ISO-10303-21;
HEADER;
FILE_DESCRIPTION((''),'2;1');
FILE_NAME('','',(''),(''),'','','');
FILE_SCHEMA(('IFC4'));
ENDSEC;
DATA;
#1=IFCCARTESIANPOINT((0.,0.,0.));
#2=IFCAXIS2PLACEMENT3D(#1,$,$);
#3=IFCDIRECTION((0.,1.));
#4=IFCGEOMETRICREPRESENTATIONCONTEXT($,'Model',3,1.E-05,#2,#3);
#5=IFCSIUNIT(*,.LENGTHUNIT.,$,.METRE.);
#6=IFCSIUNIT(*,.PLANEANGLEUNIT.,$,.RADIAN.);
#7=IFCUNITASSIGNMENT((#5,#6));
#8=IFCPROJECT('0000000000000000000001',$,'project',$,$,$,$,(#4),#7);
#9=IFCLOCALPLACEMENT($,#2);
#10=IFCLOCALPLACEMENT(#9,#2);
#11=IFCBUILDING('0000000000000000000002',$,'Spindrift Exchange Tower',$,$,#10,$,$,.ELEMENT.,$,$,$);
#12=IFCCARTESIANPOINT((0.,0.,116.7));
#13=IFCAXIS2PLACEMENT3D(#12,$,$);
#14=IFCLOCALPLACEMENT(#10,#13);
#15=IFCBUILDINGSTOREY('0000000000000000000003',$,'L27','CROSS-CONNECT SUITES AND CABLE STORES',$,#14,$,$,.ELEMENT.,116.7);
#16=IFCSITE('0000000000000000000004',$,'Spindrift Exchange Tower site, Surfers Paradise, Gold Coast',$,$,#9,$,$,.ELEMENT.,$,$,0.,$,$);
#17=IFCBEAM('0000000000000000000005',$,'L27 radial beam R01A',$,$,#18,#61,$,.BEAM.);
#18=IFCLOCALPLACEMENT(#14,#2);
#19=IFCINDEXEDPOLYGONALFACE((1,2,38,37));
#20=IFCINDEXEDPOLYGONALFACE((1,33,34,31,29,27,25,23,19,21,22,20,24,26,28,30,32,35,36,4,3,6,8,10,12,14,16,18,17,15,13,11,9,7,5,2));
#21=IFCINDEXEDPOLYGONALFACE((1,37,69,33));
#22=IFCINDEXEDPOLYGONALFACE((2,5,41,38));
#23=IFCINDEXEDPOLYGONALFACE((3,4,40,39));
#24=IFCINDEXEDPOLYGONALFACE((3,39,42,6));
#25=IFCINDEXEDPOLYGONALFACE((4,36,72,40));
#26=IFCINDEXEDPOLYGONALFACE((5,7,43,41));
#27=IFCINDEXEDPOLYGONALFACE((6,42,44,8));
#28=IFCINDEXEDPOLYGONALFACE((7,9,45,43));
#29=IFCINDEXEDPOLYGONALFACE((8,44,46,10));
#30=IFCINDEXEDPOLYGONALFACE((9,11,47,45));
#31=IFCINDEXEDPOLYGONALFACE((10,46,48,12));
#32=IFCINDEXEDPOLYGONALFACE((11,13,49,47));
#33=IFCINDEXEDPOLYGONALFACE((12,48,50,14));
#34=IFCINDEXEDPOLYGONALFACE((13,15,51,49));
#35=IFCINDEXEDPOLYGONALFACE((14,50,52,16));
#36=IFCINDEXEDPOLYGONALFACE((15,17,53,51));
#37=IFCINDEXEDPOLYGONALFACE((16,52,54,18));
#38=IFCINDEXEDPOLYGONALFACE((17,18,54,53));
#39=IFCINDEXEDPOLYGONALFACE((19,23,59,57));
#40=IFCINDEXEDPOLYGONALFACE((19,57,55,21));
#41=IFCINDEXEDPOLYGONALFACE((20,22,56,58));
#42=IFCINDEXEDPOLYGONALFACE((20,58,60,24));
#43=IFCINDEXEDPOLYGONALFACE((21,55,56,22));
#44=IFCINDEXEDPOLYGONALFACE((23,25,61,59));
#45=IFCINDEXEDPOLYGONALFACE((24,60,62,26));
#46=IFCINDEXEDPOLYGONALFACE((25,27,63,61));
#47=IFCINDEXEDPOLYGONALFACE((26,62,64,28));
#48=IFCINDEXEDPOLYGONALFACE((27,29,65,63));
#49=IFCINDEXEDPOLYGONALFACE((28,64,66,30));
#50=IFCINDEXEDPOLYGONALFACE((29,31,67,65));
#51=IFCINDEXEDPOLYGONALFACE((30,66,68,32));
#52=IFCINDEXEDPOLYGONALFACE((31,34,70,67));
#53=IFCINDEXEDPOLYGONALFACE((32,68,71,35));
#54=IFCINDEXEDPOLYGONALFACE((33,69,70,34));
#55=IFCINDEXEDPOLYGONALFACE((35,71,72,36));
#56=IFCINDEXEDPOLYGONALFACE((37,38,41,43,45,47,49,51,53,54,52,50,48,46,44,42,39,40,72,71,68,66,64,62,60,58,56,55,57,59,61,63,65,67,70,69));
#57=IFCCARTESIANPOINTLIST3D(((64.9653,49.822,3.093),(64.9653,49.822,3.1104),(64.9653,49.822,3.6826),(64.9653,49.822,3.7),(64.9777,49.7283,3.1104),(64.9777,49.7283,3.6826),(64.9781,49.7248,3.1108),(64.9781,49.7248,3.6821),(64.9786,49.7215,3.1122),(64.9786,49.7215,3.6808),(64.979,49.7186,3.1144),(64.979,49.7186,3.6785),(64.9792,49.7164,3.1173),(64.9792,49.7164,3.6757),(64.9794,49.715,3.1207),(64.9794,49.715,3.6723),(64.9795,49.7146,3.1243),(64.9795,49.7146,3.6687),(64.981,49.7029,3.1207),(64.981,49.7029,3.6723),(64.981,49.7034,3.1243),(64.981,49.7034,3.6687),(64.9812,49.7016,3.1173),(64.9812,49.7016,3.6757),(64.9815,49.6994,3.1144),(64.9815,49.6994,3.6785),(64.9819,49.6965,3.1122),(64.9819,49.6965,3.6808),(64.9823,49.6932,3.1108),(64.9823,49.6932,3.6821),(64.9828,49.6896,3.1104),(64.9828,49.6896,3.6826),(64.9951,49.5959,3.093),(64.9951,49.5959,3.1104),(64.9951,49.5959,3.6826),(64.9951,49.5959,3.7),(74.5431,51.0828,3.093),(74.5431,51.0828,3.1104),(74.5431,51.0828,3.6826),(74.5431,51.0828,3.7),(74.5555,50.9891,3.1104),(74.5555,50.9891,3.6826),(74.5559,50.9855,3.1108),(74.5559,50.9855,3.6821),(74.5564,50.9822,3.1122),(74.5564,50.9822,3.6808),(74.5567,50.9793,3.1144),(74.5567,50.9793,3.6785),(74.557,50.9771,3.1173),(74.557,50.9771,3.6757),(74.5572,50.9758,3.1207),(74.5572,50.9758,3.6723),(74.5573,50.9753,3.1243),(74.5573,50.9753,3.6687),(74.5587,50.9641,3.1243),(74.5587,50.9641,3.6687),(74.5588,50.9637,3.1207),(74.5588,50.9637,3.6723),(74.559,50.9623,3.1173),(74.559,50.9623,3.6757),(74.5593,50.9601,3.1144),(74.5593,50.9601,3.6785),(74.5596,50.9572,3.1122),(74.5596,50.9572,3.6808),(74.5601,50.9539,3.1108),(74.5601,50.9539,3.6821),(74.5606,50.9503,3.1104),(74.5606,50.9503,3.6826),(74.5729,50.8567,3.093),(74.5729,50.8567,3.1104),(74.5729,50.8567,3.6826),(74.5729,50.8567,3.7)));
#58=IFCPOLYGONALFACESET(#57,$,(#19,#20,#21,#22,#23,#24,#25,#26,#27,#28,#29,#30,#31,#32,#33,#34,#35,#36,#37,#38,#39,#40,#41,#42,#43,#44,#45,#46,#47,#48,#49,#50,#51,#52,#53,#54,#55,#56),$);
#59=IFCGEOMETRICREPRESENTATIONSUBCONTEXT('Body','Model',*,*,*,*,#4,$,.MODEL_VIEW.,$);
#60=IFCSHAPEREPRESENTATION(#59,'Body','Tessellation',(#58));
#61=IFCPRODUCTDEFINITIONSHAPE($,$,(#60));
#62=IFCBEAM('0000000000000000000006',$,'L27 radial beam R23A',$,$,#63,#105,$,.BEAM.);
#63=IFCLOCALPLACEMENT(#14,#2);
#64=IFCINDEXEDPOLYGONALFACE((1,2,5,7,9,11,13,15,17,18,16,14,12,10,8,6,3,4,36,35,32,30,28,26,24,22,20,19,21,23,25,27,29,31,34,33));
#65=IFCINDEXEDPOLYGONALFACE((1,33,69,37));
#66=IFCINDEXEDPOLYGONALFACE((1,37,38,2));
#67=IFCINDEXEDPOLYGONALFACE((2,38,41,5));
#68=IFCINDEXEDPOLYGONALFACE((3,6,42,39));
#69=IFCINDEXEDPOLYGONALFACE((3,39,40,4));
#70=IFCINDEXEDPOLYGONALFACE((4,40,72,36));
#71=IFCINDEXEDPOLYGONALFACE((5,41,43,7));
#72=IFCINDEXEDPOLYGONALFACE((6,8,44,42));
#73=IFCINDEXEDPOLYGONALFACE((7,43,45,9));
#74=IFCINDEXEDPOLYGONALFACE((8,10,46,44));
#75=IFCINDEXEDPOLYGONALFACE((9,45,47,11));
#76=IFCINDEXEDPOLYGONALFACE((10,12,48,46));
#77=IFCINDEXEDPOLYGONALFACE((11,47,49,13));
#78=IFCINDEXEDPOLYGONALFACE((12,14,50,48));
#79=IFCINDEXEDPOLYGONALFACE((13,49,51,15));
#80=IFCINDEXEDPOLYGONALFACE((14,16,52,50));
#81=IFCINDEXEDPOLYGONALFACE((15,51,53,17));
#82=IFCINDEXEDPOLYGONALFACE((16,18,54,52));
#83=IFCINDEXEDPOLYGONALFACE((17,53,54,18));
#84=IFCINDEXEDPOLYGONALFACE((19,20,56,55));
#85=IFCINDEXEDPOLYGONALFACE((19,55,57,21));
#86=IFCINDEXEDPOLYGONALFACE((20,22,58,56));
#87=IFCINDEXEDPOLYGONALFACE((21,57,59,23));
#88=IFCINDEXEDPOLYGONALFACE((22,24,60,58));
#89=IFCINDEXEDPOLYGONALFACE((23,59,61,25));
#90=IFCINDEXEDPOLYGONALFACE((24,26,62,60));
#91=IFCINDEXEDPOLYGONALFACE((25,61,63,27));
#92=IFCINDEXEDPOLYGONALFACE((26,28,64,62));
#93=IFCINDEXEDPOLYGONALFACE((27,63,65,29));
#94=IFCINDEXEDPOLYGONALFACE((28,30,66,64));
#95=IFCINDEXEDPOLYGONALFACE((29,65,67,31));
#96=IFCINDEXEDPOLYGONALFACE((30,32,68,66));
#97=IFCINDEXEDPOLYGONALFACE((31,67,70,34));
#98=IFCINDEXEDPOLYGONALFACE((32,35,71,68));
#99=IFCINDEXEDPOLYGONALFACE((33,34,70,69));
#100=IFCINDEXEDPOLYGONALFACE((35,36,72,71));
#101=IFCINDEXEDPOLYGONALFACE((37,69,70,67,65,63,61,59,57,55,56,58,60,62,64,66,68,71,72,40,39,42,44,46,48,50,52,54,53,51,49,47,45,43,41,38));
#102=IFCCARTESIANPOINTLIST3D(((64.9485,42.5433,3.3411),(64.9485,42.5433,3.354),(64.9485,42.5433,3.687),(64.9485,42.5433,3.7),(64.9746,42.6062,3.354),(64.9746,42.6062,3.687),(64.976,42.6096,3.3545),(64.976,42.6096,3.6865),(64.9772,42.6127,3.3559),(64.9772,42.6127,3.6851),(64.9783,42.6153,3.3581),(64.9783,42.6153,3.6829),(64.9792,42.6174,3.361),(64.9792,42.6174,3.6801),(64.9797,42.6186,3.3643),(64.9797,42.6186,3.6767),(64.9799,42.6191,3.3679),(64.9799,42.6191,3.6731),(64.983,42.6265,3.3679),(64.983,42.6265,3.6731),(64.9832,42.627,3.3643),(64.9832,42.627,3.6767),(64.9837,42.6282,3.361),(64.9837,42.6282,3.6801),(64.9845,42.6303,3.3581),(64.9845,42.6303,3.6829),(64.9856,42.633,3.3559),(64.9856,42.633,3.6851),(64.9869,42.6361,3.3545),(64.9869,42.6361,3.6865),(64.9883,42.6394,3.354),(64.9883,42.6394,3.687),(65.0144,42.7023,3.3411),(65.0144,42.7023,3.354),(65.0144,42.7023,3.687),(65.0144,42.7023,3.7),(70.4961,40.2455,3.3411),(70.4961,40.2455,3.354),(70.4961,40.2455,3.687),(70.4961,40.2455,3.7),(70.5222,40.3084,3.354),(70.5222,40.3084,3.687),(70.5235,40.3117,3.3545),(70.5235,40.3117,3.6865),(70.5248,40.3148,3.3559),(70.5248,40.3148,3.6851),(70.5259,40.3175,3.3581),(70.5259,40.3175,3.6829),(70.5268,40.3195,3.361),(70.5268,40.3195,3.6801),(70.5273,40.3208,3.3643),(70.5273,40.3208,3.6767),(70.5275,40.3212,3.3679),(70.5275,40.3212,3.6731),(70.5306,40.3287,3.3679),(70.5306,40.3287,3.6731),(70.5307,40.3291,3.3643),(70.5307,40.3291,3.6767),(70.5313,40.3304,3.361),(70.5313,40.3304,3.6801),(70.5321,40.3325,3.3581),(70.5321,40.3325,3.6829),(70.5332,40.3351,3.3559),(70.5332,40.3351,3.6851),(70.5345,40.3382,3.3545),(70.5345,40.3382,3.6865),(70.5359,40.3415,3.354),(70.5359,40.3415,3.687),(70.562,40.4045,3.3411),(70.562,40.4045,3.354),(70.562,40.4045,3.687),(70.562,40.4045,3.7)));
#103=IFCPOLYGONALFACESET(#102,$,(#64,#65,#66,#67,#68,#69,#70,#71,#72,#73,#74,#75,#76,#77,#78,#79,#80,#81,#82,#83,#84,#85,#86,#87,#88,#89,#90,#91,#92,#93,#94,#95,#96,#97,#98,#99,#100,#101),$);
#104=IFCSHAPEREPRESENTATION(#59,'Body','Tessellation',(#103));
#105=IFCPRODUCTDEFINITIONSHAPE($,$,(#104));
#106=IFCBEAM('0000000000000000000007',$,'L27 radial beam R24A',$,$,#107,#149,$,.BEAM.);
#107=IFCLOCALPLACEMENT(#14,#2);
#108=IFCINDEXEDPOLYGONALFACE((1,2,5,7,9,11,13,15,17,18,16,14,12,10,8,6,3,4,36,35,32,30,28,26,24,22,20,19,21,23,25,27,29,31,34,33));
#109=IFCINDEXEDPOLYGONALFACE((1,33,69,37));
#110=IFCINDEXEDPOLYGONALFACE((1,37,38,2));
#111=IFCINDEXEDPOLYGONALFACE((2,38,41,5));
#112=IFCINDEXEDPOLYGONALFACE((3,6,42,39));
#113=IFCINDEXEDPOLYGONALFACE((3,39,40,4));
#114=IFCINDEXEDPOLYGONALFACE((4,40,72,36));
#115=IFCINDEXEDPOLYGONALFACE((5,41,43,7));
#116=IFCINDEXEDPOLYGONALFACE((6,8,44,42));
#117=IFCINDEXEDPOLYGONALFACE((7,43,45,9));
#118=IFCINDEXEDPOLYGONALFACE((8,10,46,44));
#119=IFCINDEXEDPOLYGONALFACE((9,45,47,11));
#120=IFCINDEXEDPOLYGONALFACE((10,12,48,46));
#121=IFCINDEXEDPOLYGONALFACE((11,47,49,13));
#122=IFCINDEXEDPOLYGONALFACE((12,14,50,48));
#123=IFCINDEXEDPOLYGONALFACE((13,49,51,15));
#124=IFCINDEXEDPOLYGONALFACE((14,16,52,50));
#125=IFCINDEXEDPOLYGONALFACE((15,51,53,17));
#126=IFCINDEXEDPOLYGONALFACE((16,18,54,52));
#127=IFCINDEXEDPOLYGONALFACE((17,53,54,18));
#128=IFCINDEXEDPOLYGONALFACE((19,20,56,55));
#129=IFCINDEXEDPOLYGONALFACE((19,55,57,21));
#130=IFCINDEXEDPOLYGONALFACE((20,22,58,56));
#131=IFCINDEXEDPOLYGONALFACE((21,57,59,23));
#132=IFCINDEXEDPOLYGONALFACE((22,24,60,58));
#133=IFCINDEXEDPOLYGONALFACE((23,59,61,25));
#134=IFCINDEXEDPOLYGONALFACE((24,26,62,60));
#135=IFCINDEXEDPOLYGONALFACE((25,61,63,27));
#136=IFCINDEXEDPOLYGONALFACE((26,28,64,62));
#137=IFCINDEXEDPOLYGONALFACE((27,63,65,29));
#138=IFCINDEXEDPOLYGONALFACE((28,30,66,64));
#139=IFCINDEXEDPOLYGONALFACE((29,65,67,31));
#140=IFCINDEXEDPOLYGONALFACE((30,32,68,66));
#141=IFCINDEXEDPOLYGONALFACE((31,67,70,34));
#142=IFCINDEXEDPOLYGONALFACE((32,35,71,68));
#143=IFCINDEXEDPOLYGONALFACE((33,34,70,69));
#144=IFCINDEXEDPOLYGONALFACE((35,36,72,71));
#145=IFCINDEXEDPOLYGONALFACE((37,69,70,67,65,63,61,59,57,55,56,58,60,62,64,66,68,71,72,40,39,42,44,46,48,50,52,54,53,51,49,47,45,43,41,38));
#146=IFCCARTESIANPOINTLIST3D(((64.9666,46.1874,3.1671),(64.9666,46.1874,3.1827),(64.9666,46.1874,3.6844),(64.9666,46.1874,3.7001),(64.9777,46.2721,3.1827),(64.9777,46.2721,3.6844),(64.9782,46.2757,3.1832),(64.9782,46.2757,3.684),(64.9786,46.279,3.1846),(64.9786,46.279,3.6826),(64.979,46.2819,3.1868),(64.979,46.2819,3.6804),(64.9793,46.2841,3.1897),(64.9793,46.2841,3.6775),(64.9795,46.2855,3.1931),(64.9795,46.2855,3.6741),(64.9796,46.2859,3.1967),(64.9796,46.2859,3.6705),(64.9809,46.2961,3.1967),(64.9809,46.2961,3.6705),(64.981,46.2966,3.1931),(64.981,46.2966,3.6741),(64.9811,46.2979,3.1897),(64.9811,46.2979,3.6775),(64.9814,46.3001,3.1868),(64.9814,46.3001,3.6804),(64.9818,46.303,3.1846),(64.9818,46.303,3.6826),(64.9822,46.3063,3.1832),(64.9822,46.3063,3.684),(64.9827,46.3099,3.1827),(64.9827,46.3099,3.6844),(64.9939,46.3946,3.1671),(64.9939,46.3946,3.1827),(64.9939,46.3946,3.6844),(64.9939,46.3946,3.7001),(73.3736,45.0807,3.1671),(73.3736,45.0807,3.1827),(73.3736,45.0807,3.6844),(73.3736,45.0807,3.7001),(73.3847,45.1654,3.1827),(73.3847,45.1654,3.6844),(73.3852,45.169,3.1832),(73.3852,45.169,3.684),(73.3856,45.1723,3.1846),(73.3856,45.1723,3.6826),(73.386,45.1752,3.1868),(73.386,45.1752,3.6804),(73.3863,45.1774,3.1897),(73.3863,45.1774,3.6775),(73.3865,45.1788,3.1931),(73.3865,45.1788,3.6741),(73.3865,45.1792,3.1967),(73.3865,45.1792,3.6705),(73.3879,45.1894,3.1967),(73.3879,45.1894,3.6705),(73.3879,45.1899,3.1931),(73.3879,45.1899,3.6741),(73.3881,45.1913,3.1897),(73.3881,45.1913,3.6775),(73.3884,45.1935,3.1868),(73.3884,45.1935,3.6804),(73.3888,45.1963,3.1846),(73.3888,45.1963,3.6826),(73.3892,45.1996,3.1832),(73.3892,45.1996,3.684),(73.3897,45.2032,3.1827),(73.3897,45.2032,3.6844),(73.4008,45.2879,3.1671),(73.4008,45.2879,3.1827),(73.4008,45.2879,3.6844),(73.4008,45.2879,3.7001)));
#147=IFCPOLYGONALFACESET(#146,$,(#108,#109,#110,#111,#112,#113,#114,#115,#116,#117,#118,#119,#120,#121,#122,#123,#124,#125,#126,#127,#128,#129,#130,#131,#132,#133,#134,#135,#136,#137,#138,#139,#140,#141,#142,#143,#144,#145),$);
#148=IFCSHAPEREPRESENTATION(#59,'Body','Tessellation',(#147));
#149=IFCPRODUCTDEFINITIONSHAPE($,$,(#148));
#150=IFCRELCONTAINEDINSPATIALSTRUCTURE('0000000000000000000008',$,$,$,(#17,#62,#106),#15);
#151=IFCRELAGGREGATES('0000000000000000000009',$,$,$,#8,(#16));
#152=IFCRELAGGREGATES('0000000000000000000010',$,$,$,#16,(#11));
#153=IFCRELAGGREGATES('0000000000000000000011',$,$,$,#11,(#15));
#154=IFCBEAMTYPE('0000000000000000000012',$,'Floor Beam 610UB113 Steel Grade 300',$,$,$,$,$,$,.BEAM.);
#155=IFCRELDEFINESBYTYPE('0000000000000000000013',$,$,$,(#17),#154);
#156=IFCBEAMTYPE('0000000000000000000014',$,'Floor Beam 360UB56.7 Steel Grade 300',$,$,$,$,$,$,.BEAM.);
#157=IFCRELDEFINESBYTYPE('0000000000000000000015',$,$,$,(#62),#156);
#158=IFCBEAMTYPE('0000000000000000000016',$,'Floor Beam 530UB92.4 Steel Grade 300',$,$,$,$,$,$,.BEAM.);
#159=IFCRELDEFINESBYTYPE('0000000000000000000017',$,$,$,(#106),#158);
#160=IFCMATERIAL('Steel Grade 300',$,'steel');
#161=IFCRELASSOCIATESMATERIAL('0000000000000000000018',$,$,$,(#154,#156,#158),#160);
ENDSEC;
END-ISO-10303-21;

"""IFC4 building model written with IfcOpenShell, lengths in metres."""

from ifc_helpers import new_model, si_unit, direction, frame, origin, origin_2d, place, context, subcontext, project, spatial, i_section, extrude, source, transform, mapped, material, material_profile, profile_set, type_object, element, save


model = new_model("IFC4")

# Units and contexts
model_context = context("Model", 3, precision=1e-05, world=origin(), true_north=direction((0.0, 1.0)))
body_context = subcontext(model_context, "Body", "Model", "MODEL_VIEW")
ifc_project = project(units=[si_unit("LENGTHUNIT", "METRE"), si_unit("PLANEANGLEUNIT", "RADIAN")], contexts=[model_context])

# Site, building, storey
site_placement = place(None, origin())
site = spatial("IfcSite", under=ifc_project, at=site_placement, Name="Spindrift Exchange Tower site, Surfers Paradise, Gold Coast", CompositionType="ELEMENT", RefElevation=0.0)
building_placement = place(site_placement, origin())
building = spatial("IfcBuilding", under=site, at=building_placement, Name="Spindrift Exchange Tower", CompositionType="ELEMENT")
storey_placement = place(building_placement, frame((0.0, 0.0, 116.7)))
storey = spatial("IfcBuildingStorey", under=building, at=storey_placement, Name="L27", Description="CROSS-CONNECT SUITES AND CABLE STORES", CompositionType="ELEMENT", Elevation=116.7)

# Beams
ifc_material_1 = material(Name="Steel Grade 300", Category="steel")
ifc_material_profile_1 = material_profile(ifc_material_1, i_section(OverallWidth=0.228, OverallDepth=0.6069, WebThickness=0.0112, FlangeThickness=0.0173, FilletRadius=0.0139, at=origin_2d()), Name="610UB113")
ifc_profile_set_1 = profile_set([ifc_material_profile_1], Name="Steel Grade 300")
beam_type_1 = type_object("IfcBeamType", Name="Floor Beam 610UB113 Steel Grade 300", PredefinedType="BEAM", material=ifc_profile_set_1)
shared_shape_1 = source(origin(), body_context, "Body", "SweptSolid", [
    extrude(i_section(OverallWidth=0.228, OverallDepth=0.6069, WebThickness=0.0112, FlangeThickness=0.0173, FilletRadius=0.0139, at=origin_2d()), origin(), (0.0, 0.0, 1.0), 9.6604),
])
beam_1_placement = place(storey_placement, frame((64.9802, 49.709, 3.3965), z_axis=(0.991448, 0.130505, 0.0), x_axis=(-0.130505, 0.991448, 0.0)))
element("IfcBeam", 1, at=beam_1_placement, inside=storey, type_object=beam_type_1, Name="L27 radial beam R01A", PredefinedType="BEAM", context=body_context, shape_type="MappedRepresentation", body=[
    mapped(shared_shape_1, transform((0.0, 0.0, 0.0), scale=1.0)),
])
ifc_material_profile_2 = material_profile(ifc_material_1, i_section(OverallWidth=0.1721, OverallDepth=0.3589, WebThickness=0.0081, FlangeThickness=0.0129, FilletRadius=0.0139, at=origin_2d()), Name="360UB56.7")
ifc_profile_set_2 = profile_set([ifc_material_profile_2], Name="Steel Grade 300")
beam_type_2 = type_object("IfcBeamType", Name="Floor Beam 360UB56.7 Steel Grade 300", PredefinedType="BEAM", material=ifc_profile_set_2)
shared_shape_2 = source(origin(), body_context, "Body", "SweptSolid", [
    extrude(i_section(OverallWidth=0.1721, OverallDepth=0.3589, WebThickness=0.0081, FlangeThickness=0.0129, FilletRadius=0.0139, at=origin_2d()), origin(), (0.0, 0.0, 1.0), 6.0046),
])
beam_2_placement = place(storey_placement, frame((64.9814, 42.6228, 3.5205), z_axis=(0.923882, -0.382677, 0.0), x_axis=(0.382677, 0.923882, 0.0)))
element("IfcBeam", 2, at=beam_2_placement, inside=storey, type_object=beam_type_2, Name="L27 radial beam R23A", PredefinedType="BEAM", context=body_context, shape_type="MappedRepresentation", body=[
    mapped(shared_shape_2, transform((0.0, 0.0, 0.0), scale=1.0)),
])
ifc_material_profile_3 = material_profile(ifc_material_1, i_section(OverallWidth=0.209, OverallDepth=0.533, WebThickness=0.0103, FlangeThickness=0.0156, FilletRadius=0.0139, at=origin_2d()), Name="530UB92.4")
ifc_profile_set_3 = profile_set([ifc_material_profile_3], Name="Steel Grade 300")
beam_type_3 = type_object("IfcBeamType", Name="Floor Beam 530UB92.4 Steel Grade 300", PredefinedType="BEAM", material=ifc_profile_set_3)
shared_shape_3 = source(origin(), body_context, "Body", "SweptSolid", [
    extrude(i_section(OverallWidth=0.209, OverallDepth=0.533, WebThickness=0.0103, FlangeThickness=0.0156, FilletRadius=0.0139, at=origin_2d()), origin(), (0.0, 0.0, 1.0), 8.4795),
])
beam_3_placement = place(storey_placement, frame((64.9802, 46.291, 3.4336), z_axis=(0.991447, -0.130513, 0.0), x_axis=(0.130513, 0.991447, 0.0)))
element("IfcBeam", 3, at=beam_3_placement, inside=storey, type_object=beam_type_3, Name="L27 radial beam R24A", PredefinedType="BEAM", context=body_context, shape_type="MappedRepresentation", body=[
    mapped(shared_shape_3, transform((0.0, 0.0, 0.0), scale=1.0)),
])

save(model, "model.ifc")
